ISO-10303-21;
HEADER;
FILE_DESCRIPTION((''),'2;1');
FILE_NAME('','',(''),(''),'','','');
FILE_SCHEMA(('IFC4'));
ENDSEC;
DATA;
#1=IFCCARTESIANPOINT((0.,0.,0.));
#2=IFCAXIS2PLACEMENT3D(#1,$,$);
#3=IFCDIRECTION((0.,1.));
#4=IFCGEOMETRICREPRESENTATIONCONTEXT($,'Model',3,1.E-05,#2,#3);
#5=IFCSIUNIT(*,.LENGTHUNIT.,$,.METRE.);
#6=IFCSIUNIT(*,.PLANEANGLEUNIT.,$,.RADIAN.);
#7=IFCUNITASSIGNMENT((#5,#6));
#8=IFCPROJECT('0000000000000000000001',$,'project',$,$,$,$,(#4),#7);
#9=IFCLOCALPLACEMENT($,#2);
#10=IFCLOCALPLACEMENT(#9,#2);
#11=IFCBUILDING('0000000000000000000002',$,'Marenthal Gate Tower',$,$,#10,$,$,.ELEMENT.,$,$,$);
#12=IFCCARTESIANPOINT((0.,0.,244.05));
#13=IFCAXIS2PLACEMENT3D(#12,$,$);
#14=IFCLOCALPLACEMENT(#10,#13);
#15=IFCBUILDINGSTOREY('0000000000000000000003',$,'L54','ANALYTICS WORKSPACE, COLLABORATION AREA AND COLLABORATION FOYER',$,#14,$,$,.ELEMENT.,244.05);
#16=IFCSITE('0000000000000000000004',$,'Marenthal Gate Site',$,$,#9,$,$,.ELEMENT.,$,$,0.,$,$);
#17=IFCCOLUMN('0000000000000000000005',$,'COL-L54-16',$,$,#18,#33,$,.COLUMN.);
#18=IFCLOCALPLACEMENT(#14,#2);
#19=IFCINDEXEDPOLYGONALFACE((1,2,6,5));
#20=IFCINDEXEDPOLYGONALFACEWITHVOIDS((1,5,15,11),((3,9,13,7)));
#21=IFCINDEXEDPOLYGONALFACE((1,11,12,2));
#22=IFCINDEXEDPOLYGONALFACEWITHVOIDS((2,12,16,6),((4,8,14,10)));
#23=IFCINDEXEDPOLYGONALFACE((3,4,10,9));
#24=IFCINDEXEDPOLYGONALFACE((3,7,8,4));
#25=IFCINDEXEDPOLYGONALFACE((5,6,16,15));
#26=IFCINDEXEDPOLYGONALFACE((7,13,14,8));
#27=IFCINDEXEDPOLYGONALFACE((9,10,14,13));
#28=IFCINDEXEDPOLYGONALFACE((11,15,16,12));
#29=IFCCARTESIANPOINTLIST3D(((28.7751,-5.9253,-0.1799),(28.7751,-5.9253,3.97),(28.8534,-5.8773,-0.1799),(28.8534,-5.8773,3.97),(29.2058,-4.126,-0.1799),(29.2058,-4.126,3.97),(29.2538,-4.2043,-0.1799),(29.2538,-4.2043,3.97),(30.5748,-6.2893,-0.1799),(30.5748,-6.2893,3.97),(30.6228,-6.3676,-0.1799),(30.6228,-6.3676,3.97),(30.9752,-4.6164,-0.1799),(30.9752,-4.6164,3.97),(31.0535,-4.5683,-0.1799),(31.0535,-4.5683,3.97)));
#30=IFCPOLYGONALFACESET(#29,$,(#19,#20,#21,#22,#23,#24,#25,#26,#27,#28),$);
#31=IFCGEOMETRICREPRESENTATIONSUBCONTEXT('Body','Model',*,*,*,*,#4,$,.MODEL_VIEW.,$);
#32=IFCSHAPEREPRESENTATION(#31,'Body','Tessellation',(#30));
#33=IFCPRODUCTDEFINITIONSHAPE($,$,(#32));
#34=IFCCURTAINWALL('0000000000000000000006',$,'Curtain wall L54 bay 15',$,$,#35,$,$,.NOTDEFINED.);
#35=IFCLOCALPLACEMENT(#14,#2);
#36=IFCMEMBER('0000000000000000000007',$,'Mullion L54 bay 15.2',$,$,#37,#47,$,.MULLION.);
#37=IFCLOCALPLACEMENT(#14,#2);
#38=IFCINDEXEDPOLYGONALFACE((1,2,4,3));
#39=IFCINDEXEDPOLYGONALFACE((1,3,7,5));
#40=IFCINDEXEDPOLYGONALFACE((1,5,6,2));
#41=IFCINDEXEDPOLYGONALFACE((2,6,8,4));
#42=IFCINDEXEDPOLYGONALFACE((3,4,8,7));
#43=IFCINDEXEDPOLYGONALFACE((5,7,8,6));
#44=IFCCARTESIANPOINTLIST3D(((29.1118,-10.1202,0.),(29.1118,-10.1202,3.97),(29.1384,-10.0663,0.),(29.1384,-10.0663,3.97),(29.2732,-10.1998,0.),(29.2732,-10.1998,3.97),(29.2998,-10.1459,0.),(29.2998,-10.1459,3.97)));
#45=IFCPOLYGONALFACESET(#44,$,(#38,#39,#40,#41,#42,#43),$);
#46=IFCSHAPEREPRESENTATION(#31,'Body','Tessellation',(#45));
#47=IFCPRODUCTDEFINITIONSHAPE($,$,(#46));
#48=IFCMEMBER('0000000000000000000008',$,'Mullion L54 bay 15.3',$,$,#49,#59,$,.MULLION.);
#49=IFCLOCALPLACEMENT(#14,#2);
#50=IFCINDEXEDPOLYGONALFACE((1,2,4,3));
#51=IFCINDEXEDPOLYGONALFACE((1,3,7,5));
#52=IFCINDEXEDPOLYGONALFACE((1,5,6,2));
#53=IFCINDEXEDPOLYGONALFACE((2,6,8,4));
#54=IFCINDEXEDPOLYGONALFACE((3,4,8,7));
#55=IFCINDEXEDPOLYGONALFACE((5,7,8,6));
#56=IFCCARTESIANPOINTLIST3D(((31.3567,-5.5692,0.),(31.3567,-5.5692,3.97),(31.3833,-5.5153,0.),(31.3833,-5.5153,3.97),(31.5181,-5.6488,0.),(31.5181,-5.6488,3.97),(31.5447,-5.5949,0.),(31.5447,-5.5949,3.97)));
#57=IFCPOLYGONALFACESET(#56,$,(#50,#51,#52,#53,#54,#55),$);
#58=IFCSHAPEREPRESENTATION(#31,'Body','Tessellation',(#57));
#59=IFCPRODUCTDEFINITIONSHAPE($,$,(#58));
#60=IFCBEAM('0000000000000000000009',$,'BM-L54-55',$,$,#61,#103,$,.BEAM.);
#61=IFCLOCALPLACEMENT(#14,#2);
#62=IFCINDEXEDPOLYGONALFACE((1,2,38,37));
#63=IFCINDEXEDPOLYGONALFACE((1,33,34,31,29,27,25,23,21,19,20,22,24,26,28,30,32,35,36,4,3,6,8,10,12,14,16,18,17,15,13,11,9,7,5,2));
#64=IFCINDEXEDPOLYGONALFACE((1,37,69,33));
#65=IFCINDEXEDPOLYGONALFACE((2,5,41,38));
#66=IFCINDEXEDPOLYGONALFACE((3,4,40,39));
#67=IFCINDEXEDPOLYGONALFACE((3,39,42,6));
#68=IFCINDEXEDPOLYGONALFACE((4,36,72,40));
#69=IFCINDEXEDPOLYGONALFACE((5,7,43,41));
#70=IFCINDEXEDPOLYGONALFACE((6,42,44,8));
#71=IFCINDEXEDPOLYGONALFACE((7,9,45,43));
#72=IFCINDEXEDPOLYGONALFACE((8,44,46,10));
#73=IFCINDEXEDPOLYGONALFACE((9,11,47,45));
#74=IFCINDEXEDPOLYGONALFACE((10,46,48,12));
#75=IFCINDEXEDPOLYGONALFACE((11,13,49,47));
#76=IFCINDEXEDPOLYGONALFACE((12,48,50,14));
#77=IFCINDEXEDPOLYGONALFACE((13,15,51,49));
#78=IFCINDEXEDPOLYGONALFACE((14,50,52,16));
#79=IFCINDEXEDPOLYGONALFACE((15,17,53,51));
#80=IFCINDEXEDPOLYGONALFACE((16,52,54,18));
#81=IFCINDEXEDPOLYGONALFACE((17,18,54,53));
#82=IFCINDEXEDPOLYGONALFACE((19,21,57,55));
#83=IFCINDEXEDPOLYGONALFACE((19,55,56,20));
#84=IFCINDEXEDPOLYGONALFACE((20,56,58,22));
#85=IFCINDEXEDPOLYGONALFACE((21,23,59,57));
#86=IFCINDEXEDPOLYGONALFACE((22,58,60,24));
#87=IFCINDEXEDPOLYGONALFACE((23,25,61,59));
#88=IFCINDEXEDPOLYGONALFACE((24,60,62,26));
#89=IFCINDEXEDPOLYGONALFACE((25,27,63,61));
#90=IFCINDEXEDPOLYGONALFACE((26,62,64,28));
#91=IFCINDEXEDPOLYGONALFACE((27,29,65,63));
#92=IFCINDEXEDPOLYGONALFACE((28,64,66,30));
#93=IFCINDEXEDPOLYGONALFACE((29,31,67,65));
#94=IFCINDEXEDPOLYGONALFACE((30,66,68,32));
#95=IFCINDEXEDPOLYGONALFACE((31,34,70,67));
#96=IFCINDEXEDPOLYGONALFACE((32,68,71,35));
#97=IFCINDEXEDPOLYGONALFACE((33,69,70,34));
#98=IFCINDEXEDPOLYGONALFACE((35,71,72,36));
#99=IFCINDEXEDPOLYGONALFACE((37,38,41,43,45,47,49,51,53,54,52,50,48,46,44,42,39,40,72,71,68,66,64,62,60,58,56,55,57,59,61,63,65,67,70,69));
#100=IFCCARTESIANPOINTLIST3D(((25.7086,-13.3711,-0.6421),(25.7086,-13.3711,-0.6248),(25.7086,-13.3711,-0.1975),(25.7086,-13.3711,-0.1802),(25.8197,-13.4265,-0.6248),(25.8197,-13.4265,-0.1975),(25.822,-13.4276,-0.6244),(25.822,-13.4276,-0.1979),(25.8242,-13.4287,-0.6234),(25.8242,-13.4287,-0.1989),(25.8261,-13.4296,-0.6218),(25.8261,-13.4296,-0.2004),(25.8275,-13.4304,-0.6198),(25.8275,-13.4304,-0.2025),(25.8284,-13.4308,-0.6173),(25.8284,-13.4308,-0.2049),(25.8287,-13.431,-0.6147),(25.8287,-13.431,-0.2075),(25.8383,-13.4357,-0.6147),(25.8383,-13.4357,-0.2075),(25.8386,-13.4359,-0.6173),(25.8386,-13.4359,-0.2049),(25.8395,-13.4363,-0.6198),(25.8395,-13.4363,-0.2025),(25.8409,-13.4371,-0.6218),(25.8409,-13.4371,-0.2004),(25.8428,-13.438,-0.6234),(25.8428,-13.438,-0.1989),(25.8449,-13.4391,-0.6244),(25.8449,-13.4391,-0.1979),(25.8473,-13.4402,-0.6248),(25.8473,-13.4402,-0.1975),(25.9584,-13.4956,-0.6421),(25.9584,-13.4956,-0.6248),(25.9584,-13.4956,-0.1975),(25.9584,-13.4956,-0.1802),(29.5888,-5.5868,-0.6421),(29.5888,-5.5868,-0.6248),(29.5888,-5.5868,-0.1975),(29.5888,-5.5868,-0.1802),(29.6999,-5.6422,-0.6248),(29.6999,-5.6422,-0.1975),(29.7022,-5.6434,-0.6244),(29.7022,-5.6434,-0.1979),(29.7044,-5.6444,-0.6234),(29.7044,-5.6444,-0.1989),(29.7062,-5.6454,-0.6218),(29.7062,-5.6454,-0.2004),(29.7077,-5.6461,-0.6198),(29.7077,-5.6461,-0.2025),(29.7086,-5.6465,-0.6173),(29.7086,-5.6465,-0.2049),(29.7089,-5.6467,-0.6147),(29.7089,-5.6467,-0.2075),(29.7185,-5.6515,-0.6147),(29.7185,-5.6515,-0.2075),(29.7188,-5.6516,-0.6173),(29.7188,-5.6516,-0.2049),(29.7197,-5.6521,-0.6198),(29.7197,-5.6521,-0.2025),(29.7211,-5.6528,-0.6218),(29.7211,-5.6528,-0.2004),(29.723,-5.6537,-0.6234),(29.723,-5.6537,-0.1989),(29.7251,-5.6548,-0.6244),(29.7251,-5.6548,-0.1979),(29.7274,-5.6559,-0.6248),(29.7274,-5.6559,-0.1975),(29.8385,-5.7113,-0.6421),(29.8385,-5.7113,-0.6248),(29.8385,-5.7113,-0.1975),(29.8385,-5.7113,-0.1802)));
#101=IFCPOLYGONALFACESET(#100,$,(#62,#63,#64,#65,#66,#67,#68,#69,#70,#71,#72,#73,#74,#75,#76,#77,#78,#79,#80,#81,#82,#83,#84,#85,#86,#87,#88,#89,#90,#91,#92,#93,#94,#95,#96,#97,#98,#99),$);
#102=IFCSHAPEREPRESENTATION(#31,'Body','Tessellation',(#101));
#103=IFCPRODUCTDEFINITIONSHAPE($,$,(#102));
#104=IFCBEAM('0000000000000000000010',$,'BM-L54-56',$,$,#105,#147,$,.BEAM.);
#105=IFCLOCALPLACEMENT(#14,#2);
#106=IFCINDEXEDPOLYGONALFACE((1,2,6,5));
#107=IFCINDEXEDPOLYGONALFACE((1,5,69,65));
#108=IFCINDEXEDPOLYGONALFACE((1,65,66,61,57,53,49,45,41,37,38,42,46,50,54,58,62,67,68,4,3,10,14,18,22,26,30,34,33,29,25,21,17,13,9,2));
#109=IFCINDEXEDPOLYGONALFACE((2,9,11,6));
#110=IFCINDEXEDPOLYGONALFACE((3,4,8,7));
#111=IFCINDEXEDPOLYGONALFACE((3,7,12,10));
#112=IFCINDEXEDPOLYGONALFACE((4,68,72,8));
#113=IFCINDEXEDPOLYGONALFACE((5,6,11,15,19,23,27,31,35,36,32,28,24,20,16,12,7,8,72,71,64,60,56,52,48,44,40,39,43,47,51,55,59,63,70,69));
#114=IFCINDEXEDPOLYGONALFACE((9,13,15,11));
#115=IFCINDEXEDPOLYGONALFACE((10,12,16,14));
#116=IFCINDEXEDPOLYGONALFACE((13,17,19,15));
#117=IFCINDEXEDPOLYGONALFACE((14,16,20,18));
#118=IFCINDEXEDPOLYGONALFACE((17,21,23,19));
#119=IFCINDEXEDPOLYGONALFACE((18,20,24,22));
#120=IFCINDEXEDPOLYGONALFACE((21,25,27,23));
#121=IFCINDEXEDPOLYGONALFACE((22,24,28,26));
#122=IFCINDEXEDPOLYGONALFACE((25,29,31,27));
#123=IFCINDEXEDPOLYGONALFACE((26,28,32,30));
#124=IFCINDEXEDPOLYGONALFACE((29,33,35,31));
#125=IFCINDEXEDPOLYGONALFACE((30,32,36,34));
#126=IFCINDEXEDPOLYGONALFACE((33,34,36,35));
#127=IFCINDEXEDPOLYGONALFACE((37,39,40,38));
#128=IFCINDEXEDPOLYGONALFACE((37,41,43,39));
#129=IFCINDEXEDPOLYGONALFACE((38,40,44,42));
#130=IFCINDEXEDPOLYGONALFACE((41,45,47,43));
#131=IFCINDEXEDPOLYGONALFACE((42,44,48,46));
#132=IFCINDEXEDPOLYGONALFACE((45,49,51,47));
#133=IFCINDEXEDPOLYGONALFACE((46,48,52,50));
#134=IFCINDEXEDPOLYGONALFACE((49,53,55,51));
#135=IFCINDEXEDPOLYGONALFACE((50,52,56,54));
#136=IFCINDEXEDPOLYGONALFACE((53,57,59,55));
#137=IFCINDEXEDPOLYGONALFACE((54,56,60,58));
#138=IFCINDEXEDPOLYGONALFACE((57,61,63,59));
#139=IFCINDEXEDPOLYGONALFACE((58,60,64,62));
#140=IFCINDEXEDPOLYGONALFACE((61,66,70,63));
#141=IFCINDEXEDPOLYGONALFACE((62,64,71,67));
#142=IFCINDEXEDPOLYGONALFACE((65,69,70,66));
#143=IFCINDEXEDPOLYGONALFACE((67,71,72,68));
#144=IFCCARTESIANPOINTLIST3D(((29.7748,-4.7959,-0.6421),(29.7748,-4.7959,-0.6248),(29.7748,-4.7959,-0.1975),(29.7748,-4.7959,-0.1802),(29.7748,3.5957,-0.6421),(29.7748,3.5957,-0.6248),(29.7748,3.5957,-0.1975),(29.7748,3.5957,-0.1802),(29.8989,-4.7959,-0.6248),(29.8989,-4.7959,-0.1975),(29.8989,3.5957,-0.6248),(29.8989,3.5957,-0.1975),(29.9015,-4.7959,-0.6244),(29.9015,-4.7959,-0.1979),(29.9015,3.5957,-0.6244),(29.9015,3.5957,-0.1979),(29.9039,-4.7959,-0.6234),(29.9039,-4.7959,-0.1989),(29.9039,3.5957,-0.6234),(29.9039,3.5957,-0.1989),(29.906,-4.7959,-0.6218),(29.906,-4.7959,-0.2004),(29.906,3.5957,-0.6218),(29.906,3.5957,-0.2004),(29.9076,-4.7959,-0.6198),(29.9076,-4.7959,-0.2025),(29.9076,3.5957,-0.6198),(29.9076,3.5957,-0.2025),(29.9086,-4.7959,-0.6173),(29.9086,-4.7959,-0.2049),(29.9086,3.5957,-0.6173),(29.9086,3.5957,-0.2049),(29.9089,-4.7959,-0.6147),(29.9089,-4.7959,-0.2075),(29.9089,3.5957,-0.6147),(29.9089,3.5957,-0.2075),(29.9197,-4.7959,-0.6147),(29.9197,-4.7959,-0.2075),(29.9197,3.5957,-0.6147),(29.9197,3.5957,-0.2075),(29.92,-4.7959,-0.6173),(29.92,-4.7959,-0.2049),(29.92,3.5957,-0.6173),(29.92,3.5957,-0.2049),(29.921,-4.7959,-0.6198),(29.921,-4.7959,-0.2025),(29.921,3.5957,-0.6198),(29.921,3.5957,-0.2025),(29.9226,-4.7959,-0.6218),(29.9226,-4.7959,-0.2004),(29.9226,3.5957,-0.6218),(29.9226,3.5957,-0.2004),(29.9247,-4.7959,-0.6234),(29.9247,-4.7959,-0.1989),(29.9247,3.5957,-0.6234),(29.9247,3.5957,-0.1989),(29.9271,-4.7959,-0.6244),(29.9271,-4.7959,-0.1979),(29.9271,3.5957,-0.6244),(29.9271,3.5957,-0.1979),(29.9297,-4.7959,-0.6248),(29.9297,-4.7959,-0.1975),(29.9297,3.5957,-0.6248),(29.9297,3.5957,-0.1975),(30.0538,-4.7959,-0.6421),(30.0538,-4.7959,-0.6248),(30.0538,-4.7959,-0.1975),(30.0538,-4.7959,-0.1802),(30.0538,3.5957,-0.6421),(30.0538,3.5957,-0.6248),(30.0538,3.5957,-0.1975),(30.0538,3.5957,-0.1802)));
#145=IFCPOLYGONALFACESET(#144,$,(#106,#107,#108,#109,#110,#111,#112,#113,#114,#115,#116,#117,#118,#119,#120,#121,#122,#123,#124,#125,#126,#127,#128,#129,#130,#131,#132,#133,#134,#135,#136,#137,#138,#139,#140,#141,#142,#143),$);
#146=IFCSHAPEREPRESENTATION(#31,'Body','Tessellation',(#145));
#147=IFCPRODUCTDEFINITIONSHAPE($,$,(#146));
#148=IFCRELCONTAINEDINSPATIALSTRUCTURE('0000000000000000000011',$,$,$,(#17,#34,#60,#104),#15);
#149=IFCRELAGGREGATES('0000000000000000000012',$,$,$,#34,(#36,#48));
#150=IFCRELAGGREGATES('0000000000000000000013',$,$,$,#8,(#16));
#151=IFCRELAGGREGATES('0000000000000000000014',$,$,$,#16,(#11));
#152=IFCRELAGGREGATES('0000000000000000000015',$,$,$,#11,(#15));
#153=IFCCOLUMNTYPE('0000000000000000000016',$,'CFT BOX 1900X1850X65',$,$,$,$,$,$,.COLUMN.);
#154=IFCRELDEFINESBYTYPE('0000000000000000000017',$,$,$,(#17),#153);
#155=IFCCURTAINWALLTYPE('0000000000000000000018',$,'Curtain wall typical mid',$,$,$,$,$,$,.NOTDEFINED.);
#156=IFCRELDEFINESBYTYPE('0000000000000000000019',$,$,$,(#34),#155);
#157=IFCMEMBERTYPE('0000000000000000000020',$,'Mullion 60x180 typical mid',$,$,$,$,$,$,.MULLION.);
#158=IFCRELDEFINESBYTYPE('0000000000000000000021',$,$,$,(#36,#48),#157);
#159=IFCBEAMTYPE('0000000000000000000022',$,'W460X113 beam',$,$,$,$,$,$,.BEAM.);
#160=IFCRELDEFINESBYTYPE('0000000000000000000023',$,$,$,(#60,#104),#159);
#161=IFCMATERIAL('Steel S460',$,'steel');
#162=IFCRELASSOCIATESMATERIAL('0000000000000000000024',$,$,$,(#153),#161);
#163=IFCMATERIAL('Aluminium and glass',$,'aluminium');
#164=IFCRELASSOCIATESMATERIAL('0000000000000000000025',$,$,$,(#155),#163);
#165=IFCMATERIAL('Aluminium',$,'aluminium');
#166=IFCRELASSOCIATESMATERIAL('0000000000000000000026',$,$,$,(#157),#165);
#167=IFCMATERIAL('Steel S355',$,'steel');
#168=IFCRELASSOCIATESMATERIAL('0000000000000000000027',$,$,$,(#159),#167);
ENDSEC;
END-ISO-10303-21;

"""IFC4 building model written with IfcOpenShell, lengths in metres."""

from ifc_helpers import new_model, si_unit, direction, frame, origin, origin_2d, place, context, subcontext, project, spatial, rectangle, hollow_rectangle, i_section, extrude, material, material_profile, profile_set, type_object, element, aggregate, save


model = new_model("IFC4")

# Units and contexts
model_context = context("Model", 3, precision=1e-05, world=origin(), true_north=direction((0.0, 1.0)))
body_context = subcontext(model_context, "Body", "Model", "MODEL_VIEW")
ifc_project = project(units=[si_unit("LENGTHUNIT", "METRE"), si_unit("PLANEANGLEUNIT", "RADIAN")], contexts=[model_context])

# Site, building, storey
site_placement = place(None, origin())
site = spatial("IfcSite", under=ifc_project, at=site_placement, Name="Marenthal Gate Site", CompositionType="ELEMENT", RefElevation=0.0)
building_placement = place(site_placement, origin())
building = spatial("IfcBuilding", under=site, at=building_placement, Name="Marenthal Gate Tower", CompositionType="ELEMENT")
storey_placement = place(building_placement, frame((0.0, 0.0, 244.05)))
storey = spatial("IfcBuildingStorey", under=building, at=storey_placement, Name="L54", Description="ANALYTICS WORKSPACE, COLLABORATION AREA AND COLLABORATION FOYER", CompositionType="ELEMENT", Elevation=244.05)

# Column
ifc_material_1 = material(Name="Steel S460", Category="steel")
ifc_material_profile_1 = material_profile(ifc_material_1, hollow_rectangle(XDim=1.8501, YDim=1.8999, WallThickness=0.0649, at=origin_2d()), Name="CFT BOX 1900X1850X65")
ifc_material_2 = material(Name="Concrete 70 MPa", Category="concrete")
ifc_material_profile_2 = material_profile(ifc_material_2, rectangle(XDim=1.72, YDim=1.77, at=origin_2d()), Name="CFT BOX 1900X1850X65 INFILL")
ifc_profile_set_1 = profile_set([ifc_material_profile_1, ifc_material_profile_2], Name="Steel S460 shell, Concrete 70 MPa infill")
column_type = type_object("IfcColumnType", Name="CFT BOX 1900X1850X65", PredefinedType="COLUMN", material=ifc_profile_set_1)
column_placement = place(storey_placement, frame((29.9143, -5.2468, -0.1799), z_axis=(0.0, 0.0, 1.0), x_axis=(-0.232804, -0.972524, 0.0)))
element("IfcColumn", 1, at=column_placement, inside=storey, type_object=column_type, Name="COL-L54-16", PredefinedType="COLUMN", context=body_context, shape_type="SweptSolid", body=[
    extrude(hollow_rectangle(XDim=1.8501, YDim=1.8999, WallThickness=0.0649, at=origin_2d()), origin(), (0.0, 0.0, 1.0), 4.1499),
])

# Curtain wall, members
ifc_material_3 = material(Name="Aluminium and glass", Category="aluminium")
curtain_wall_type = type_object("IfcCurtainWallType", Name="Curtain wall typical mid", PredefinedType="NOTDEFINED", material=ifc_material_3)
curtain_wall_placement = place(storey_placement, origin())
curtain_wall = element("IfcCurtainWall", 2, at=curtain_wall_placement, inside=storey, type_object=curtain_wall_type, Name="Curtain wall L54 bay 15", PredefinedType="NOTDEFINED")
ifc_material_4 = material(Name="Aluminium", Category="aluminium")
ifc_material_profile_3 = material_profile(ifc_material_4, rectangle(XDim=0.1799, YDim=0.0601, at=origin_2d()), Name="60x180 aluminium mullion")
ifc_profile_set_2 = profile_set([ifc_material_profile_3], Name="Aluminium")
member_type = type_object("IfcMemberType", Name="Mullion 60x180 typical mid", PredefinedType="MULLION", material=ifc_profile_set_2)
member_1_placement = place(storey_placement, frame((29.2058, -10.1331, 0.0), z_axis=(0.0, 0.0, 1.0), x_axis=(-0.896835, 0.442364, 0.0)))
member_1 = element("IfcMember", 3, at=member_1_placement, type_object=member_type, Name="Mullion L54 bay 15.2", PredefinedType="MULLION", context=body_context, shape_type="SweptSolid", body=[
    extrude(rectangle(XDim=0.1799, YDim=0.0601, at=origin_2d()), origin(), (0.0, 0.0, 1.0), 3.97),
])
member_2_placement = place(storey_placement, frame((31.4507, -5.582, 0.0), z_axis=(0.0, 0.0, 1.0), x_axis=(-0.896835, 0.442364, 0.0)))
member_2 = element("IfcMember", 4, at=member_2_placement, type_object=member_type, Name="Mullion L54 bay 15.3", PredefinedType="MULLION", context=body_context, shape_type="SweptSolid", body=[
    extrude(rectangle(XDim=0.1799, YDim=0.0601, at=origin_2d()), origin(), (0.0, 0.0, 1.0), 3.97),
])

# Beams
ifc_material_5 = material(Name="Steel S355", Category="steel")
ifc_material_profile_4 = material_profile(ifc_material_5, i_section(OverallWidth=0.2791, OverallDepth=0.4619, WebThickness=0.0107, FlangeThickness=0.0173, FilletRadius=0.01, at=origin_2d()), Name="W460X113")
ifc_profile_set_3 = profile_set([ifc_material_profile_4], Name="Steel S355")
beam_type_1 = type_object("IfcBeamType", Name="W460X113 beam", PredefinedType="BEAM", material=ifc_profile_set_3)
beam_1_placement = place(storey_placement, frame((25.8335, -13.4333, -0.4111), z_axis=(0.446113, 0.894977, 0.0), x_axis=(-0.894977, 0.446113, 0.0)))
element("IfcBeam", 5, at=beam_1_placement, inside=storey, type_object=beam_type_1, Name="BM-L54-55", PredefinedType="BEAM", context=body_context, shape_type="SweptSolid", body=[
    extrude(i_section(OverallWidth=0.2791, OverallDepth=0.4619, WebThickness=0.0107, FlangeThickness=0.0173, FilletRadius=0.01, at=origin_2d()), origin(), (0.0, 0.0, 1.0), 8.6978),
])
beam_2_placement = place(storey_placement, frame((29.9143, -4.7959, -0.4111), z_axis=(0.0, 1.0, 0.0), x_axis=(-1.0, 0.0, 0.0)))
element("IfcBeam", 6, at=beam_2_placement, inside=storey, type_object=beam_type_1, Name="BM-L54-56", PredefinedType="BEAM", context=body_context, shape_type="SweptSolid", body=[
    extrude(i_section(OverallWidth=0.2791, OverallDepth=0.4619, WebThickness=0.0107, FlangeThickness=0.0173, FilletRadius=0.01, at=origin_2d()), origin(), (0.0, 0.0, 1.0), 8.3916),
])

aggregate(curtain_wall, [member_1, member_2])

save(model, "model.ifc")
